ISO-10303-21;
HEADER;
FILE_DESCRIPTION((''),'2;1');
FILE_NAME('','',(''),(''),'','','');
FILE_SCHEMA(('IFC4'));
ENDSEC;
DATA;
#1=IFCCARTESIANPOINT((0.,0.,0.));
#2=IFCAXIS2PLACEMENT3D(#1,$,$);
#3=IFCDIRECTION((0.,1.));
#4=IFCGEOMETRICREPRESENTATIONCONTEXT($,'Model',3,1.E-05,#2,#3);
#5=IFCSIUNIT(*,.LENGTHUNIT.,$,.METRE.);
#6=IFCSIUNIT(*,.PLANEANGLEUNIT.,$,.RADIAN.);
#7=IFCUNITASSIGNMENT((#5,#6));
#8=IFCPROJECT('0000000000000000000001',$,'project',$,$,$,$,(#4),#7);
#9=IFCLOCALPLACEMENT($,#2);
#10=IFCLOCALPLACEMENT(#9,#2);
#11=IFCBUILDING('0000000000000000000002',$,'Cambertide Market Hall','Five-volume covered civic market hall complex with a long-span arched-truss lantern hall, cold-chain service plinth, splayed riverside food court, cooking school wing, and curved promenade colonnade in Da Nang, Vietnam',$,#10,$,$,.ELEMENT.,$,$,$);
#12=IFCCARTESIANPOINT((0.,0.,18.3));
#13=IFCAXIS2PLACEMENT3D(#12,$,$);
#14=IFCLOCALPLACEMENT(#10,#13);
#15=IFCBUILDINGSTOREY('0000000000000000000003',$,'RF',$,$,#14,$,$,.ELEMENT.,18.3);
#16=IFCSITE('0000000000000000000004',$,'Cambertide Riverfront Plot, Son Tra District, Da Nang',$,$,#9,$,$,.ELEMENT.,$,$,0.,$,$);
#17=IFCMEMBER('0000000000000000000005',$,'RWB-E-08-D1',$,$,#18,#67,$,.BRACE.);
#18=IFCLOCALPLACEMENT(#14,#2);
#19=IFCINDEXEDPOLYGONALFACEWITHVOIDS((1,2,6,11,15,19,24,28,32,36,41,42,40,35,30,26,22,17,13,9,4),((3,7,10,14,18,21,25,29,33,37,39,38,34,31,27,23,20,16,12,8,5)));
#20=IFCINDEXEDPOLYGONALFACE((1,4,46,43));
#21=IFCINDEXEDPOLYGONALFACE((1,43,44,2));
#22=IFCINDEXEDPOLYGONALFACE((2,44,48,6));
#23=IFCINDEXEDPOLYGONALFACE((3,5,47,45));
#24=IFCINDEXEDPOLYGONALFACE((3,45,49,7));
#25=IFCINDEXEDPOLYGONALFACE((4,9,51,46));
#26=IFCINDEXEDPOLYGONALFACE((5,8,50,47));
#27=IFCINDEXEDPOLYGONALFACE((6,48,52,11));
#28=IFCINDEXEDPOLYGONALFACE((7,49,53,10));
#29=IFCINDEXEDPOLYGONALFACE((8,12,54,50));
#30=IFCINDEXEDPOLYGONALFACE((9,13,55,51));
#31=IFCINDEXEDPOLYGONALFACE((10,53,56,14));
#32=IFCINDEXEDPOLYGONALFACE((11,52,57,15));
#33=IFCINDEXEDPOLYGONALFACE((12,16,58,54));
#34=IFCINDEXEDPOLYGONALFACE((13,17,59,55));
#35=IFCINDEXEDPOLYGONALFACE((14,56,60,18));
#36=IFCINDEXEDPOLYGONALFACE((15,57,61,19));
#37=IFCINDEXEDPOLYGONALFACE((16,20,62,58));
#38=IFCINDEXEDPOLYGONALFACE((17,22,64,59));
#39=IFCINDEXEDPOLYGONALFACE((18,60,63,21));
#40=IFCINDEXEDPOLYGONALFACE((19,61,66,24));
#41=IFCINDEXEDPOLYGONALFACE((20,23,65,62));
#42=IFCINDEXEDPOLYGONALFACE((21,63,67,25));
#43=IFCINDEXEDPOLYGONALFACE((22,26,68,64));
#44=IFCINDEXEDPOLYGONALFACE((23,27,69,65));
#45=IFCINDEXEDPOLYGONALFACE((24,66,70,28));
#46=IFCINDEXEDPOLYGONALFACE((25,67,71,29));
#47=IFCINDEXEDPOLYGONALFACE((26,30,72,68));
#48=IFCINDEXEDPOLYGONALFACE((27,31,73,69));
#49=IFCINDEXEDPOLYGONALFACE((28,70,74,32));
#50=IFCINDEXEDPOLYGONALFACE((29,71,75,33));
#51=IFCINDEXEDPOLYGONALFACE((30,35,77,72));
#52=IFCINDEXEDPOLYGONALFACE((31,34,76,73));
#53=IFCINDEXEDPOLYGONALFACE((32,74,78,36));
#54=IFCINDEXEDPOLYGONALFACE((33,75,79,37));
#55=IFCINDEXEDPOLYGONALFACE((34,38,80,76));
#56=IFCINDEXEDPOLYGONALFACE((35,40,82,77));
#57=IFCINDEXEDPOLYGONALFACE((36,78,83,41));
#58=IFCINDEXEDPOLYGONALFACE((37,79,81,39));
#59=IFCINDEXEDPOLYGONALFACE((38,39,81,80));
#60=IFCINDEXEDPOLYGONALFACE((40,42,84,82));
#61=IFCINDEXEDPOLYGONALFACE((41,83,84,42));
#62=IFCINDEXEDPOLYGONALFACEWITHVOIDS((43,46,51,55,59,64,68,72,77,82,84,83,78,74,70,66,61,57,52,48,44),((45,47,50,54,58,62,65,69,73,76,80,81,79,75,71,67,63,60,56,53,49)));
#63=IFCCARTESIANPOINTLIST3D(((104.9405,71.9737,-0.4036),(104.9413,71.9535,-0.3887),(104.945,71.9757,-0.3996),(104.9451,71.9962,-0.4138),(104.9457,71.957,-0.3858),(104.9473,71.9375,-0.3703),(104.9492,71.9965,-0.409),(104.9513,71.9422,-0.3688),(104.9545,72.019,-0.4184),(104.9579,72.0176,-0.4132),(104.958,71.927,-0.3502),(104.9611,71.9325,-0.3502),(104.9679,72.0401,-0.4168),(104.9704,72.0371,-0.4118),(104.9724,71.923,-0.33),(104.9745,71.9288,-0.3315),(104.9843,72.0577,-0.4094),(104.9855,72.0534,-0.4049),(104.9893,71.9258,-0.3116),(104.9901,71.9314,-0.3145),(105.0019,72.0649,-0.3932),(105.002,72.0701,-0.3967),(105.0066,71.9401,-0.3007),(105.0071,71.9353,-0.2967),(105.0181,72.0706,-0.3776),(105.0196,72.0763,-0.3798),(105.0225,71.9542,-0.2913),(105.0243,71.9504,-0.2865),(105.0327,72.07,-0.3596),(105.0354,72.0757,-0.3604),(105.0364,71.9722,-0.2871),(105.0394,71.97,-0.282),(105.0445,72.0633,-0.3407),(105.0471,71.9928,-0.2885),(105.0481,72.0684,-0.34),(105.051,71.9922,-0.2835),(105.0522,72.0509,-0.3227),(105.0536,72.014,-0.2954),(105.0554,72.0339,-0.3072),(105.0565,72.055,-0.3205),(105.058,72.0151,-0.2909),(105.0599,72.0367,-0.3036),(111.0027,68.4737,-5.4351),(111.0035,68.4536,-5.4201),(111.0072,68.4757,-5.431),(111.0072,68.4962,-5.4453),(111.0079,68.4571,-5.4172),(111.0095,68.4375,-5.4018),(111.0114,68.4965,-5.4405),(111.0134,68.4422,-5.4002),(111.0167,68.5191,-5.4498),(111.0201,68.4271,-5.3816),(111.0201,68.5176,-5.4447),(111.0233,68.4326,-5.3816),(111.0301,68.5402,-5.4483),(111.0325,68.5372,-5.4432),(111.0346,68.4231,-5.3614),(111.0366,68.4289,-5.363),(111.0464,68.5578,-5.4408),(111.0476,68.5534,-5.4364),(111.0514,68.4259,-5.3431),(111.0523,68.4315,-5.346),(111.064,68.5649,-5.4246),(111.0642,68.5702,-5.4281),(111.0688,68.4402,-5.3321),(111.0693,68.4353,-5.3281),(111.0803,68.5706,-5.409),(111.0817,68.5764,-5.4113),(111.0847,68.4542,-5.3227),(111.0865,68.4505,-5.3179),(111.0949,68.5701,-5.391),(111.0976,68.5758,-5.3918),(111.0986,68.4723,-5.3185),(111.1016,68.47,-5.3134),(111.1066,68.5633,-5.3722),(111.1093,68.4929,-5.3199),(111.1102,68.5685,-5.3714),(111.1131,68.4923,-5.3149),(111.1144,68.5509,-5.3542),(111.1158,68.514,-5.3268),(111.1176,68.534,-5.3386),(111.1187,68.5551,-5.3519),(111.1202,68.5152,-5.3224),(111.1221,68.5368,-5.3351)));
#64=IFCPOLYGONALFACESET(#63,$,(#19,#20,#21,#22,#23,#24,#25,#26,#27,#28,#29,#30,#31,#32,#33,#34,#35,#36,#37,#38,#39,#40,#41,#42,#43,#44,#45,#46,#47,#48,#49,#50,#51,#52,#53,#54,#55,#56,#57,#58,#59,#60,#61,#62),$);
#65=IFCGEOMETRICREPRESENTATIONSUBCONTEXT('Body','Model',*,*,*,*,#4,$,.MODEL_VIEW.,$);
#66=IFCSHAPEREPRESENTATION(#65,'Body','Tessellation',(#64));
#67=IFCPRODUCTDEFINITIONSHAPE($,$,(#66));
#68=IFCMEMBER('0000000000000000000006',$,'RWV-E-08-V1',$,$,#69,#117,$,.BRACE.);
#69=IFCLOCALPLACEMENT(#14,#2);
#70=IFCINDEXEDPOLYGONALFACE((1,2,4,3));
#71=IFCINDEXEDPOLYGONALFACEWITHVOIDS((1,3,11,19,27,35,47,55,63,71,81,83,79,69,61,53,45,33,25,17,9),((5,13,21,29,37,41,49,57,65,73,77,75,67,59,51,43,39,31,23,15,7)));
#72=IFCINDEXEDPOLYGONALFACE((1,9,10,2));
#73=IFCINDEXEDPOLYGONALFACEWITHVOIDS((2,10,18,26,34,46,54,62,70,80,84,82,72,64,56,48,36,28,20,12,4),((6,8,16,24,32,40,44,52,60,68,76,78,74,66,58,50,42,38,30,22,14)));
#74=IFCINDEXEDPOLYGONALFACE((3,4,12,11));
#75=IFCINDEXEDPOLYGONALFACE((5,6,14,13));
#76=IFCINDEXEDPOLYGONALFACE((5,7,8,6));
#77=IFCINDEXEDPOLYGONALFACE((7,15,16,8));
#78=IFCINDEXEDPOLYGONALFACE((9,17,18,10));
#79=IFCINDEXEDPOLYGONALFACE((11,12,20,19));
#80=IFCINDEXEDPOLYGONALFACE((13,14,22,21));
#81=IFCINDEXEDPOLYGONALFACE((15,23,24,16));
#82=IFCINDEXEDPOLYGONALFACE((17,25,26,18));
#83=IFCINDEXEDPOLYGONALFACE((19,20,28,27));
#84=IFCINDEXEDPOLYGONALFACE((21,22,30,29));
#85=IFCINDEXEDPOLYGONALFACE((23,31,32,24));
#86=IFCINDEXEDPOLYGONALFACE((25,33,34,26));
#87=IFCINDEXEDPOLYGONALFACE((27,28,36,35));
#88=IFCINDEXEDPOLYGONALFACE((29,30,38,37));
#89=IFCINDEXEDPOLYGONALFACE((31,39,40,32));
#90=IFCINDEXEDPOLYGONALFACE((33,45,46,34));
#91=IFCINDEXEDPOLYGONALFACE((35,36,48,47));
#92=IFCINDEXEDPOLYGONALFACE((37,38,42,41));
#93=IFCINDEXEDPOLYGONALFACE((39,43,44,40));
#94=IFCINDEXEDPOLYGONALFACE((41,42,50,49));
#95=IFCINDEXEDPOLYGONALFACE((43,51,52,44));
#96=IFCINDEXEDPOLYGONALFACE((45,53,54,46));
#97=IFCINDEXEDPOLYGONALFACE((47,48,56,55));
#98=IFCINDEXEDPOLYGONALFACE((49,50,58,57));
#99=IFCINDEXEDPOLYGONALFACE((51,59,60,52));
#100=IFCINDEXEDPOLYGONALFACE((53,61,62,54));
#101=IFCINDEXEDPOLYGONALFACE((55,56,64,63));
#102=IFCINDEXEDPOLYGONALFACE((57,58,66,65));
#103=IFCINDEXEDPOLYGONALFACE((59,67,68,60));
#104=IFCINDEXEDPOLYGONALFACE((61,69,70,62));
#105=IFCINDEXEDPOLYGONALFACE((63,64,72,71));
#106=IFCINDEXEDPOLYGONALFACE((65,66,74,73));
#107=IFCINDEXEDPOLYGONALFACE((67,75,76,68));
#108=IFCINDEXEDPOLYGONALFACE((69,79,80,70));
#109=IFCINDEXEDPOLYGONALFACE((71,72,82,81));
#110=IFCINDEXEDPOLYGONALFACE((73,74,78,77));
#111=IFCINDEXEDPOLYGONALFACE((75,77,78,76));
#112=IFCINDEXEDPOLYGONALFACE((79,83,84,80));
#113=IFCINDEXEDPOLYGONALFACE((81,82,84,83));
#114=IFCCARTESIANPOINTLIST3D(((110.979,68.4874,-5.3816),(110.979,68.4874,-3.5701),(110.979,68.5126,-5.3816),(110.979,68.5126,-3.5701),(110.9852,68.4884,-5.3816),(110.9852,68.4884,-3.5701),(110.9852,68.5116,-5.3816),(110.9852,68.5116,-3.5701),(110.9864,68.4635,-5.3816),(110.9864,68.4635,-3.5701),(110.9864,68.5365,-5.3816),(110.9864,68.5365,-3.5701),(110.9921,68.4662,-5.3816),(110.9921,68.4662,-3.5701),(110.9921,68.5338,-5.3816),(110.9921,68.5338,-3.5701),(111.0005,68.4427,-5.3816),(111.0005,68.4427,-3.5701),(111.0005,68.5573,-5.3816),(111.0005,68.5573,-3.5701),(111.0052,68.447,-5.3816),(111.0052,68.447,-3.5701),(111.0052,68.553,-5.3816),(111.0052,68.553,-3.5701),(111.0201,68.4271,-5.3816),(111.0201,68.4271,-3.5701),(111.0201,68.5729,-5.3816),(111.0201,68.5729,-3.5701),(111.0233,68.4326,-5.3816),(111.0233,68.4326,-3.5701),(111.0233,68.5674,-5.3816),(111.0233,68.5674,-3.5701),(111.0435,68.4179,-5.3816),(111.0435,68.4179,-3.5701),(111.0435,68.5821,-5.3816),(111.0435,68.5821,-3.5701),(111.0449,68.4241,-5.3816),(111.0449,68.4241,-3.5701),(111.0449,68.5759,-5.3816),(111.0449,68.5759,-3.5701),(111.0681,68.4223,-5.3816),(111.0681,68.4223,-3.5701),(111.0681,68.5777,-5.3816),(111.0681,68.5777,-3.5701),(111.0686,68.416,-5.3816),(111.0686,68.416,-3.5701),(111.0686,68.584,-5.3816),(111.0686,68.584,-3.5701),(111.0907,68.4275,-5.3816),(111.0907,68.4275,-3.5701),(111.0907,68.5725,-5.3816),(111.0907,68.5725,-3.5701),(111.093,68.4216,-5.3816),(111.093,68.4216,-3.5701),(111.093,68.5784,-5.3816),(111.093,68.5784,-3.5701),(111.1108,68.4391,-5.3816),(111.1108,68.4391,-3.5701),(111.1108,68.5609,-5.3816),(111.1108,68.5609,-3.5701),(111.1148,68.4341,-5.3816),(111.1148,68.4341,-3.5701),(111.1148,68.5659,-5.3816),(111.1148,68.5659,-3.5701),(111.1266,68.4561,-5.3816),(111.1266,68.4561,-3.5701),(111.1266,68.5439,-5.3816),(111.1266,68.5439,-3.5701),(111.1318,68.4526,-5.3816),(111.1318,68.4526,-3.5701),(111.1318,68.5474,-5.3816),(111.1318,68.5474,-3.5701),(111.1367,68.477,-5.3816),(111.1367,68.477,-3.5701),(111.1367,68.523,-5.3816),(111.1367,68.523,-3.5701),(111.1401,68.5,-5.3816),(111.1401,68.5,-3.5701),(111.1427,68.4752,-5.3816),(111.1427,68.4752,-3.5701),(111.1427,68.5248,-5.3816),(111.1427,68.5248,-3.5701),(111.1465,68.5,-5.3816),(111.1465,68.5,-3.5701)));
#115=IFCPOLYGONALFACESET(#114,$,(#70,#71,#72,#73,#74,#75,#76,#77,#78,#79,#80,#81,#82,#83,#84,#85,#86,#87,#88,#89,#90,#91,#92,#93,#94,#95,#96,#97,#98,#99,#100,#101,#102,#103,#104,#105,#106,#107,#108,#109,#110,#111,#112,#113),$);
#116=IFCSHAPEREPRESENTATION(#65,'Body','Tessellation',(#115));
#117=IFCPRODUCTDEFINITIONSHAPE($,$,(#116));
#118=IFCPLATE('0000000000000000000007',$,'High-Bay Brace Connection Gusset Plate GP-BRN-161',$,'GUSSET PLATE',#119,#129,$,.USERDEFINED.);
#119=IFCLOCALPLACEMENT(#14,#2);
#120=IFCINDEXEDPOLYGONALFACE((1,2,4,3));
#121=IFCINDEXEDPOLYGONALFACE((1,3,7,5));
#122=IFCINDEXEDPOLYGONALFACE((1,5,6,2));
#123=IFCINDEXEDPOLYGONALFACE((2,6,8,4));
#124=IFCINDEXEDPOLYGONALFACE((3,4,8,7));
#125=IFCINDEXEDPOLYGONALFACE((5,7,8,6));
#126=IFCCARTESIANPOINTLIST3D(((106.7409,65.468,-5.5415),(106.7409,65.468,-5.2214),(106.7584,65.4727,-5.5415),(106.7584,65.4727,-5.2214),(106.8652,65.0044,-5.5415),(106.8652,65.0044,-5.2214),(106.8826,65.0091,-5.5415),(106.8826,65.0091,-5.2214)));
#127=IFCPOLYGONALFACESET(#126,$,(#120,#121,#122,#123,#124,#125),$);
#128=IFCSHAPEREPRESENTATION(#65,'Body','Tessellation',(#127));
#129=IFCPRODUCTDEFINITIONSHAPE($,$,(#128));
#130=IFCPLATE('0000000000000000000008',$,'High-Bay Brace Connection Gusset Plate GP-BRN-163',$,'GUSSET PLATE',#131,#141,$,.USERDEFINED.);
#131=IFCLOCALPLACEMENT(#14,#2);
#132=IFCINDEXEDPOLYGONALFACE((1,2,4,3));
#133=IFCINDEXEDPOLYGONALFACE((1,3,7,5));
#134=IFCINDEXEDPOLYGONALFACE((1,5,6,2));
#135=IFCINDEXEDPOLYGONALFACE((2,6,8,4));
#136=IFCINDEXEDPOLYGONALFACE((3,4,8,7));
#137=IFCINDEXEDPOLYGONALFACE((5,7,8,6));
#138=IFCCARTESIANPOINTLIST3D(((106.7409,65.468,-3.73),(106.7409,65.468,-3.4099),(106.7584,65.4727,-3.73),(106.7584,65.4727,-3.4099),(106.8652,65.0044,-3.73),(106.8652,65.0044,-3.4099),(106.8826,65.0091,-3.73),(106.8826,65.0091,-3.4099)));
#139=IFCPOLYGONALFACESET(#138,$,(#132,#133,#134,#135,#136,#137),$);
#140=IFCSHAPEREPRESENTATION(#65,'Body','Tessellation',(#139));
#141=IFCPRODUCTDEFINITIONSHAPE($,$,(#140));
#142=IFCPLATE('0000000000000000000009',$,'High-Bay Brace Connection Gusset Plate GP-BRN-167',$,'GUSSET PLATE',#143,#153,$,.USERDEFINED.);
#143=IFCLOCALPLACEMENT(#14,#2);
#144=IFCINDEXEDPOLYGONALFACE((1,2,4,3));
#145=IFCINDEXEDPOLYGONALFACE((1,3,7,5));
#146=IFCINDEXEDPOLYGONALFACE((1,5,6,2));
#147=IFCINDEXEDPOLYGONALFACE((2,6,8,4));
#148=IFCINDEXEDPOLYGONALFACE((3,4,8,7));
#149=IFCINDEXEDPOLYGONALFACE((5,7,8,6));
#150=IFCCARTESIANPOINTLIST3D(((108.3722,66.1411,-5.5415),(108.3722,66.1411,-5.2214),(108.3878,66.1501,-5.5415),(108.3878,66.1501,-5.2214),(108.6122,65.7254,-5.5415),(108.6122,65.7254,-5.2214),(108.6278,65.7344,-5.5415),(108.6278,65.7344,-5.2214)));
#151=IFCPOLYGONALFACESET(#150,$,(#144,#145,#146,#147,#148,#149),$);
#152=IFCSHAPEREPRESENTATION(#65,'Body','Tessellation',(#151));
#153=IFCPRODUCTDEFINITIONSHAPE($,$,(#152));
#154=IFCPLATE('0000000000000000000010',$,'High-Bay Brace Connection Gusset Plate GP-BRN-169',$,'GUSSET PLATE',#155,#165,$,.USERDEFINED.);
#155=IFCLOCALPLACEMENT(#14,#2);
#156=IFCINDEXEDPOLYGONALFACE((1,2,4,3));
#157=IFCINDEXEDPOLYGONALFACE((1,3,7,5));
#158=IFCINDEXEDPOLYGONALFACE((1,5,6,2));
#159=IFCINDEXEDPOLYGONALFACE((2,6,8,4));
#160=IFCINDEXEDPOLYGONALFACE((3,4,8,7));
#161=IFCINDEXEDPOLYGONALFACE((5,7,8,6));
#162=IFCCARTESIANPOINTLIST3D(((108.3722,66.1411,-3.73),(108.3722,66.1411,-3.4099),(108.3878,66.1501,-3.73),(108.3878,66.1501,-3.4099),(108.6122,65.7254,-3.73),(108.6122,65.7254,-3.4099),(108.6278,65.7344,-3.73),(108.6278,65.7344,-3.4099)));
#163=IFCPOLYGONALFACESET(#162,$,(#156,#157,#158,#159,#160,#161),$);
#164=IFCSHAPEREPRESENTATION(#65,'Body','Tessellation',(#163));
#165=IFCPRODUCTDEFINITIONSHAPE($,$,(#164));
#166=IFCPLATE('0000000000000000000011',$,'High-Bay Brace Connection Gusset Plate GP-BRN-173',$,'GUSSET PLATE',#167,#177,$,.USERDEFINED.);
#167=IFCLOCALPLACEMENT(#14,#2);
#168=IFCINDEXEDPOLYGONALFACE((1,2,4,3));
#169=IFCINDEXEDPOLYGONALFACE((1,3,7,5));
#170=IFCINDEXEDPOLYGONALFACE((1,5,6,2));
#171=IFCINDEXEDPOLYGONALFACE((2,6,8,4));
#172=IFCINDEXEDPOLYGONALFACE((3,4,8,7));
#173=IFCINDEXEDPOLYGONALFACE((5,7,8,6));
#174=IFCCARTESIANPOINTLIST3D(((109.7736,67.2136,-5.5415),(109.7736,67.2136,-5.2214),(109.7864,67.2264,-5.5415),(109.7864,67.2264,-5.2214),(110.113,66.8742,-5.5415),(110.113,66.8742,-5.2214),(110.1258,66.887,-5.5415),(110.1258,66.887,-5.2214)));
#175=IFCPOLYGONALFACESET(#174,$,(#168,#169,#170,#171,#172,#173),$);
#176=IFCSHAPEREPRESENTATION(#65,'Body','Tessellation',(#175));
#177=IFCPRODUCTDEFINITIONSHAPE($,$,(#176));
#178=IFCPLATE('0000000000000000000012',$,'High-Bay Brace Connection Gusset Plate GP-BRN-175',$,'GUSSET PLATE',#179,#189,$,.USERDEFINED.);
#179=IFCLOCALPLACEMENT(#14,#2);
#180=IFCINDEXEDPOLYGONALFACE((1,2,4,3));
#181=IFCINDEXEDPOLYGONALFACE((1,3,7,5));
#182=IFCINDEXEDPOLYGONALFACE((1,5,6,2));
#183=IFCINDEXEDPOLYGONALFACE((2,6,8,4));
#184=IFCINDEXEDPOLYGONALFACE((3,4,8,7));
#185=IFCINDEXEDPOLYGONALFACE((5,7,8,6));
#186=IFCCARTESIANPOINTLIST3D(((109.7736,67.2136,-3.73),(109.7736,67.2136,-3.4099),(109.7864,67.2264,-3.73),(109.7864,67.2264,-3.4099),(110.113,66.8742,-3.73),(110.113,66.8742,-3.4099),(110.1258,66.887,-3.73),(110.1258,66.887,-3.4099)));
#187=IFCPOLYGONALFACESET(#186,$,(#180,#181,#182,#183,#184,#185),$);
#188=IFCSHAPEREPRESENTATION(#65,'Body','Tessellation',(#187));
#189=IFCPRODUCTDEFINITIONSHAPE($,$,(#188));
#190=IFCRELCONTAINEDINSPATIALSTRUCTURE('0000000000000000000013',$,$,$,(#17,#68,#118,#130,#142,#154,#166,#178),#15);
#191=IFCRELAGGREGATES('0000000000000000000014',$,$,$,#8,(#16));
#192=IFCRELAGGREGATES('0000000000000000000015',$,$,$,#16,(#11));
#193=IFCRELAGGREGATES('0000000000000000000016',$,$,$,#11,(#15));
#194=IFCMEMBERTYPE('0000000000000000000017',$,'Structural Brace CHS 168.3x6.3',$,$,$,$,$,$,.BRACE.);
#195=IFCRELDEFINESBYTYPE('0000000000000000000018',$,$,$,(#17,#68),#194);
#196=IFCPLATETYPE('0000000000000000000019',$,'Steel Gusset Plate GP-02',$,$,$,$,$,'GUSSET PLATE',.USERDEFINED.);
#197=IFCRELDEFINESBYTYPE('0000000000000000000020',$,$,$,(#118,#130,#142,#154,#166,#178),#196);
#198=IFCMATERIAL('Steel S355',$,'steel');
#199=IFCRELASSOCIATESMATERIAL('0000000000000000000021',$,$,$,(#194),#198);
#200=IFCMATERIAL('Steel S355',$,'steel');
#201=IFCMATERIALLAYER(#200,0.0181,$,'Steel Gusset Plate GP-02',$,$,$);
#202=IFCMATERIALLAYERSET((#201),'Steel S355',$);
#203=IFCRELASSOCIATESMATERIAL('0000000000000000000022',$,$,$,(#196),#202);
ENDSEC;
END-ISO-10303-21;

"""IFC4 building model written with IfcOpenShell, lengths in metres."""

from ifc_helpers import new_model, si_unit, direction, frame, origin, origin_2d, place, context, subcontext, project, spatial, rectangle, hollow_circle, extrude, material, layer, layer_set, material_profile, profile_set, type_object, element, save


model = new_model("IFC4")

# Units and contexts
model_context = context("Model", 3, precision=1e-05, world=origin(), true_north=direction((0.0, 1.0)))
body_context = subcontext(model_context, "Body", "Model", "MODEL_VIEW")
ifc_project = project(units=[si_unit("LENGTHUNIT", "METRE"), si_unit("PLANEANGLEUNIT", "RADIAN")], contexts=[model_context])

# Site, building, storey
site_placement = place(None, origin())
site = spatial("IfcSite", under=ifc_project, at=site_placement, Name="Cambertide Riverfront Plot, Son Tra District, Da Nang", CompositionType="ELEMENT", RefElevation=0.0)
building_placement = place(site_placement, origin())
building = spatial("IfcBuilding", under=site, at=building_placement, Name="Cambertide Market Hall", Description="Five-volume covered civic market hall complex with a long-span arched-truss lantern hall, cold-chain service plinth, splayed riverside food court, cooking school wing, and curved promenade colonnade in Da Nang, Vietnam", CompositionType="ELEMENT")
storey_placement = place(building_placement, frame((0.0, 0.0, 18.3)))
storey = spatial("IfcBuildingStorey", under=building, at=storey_placement, Name="RF", CompositionType="ELEMENT", Elevation=18.3)

# Members
ifc_material_1 = material(Name="Steel S355", Category="steel")
ifc_material_profile_1 = material_profile(ifc_material_1, hollow_circle(Radius=0.0842, WallThickness=0.0063, at=origin_2d()), Name="CHS 168.3x6.3")
ifc_profile_set_1 = profile_set([ifc_material_profile_1], Name="Steel S355")
member_type_1 = type_object("IfcMemberType", Name="Structural Brace CHS 168.3x6.3", PredefinedType="BRACE", material=ifc_profile_set_1)
member_1_placement = place(storey_placement, frame((111.0623, 68.5, -5.3816), z_axis=(-0.703219, 0.405998, 0.583651), x_axis=(-0.499995, -0.866028, 0.0)))
element("IfcMember", 1, at=member_1_placement, inside=storey, type_object=member_type_1, Name="RWB-E-08-D1", PredefinedType="BRACE", context=body_context, shape_type="SweptSolid", body=[
    extrude(hollow_circle(Radius=0.0842, WallThickness=0.0063, at=origin_2d()), origin(), (0.0, 0.0, 1.0), 8.6206),
])
member_2_placement = place(storey_placement, frame((111.0623, 68.5, -5.3816), z_axis=(0.0, 0.0, 1.0), x_axis=(1.0, 0.0, 0.0)))
element("IfcMember", 2, at=member_2_placement, inside=storey, type_object=member_type_1, Name="RWV-E-08-V1", PredefinedType="BRACE", context=body_context, shape_type="SweptSolid", body=[
    extrude(hollow_circle(Radius=0.0842, WallThickness=0.0063, at=origin_2d()), origin(), (0.0, 0.0, 1.0), 1.8115),
])

# Plates
ifc_material_2 = material(Name="Steel S355", Category="steel")
ifc_layer = layer(ifc_material_2, 0.0181, Name="Steel Gusset Plate GP-02")
ifc_layer_set = layer_set([ifc_layer], Name="Steel S355")
plate_type = type_object("IfcPlateType", Name="Steel Gusset Plate GP-02", ElementType="GUSSET PLATE", PredefinedType="USERDEFINED", material=ifc_layer_set)
for number, where, z_axis, x_axis, name in (
    (3, (106.8118, 65.2385, -5.5415), (0.0, 0.0, 1.0), (-0.258819, 0.965926, 0.0), "High-Bay Brace Connection Gusset Plate GP-BRN-161"),
    (4, (106.8118, 65.2385, -3.73), (0.0, 0.0, 1.0), (-0.258819, 0.965926, 0.0), "High-Bay Brace Connection Gusset Plate GP-BRN-163"),
    (5, (108.5, 65.9377, -5.5415), (0.0, 0.0, 1.0), (-0.5, 0.866025, 0.0), "High-Bay Brace Connection Gusset Plate GP-BRN-167"),
    (6, (108.5, 65.9377, -3.73), (0.0, 0.0, 1.0), (-0.5, 0.866025, 0.0), "High-Bay Brace Connection Gusset Plate GP-BRN-169"),
    (7, (109.9497, 67.0503, -5.5415), (0.0, 0.0, 1.0), (-0.707107, 0.707107, 0.0), "High-Bay Brace Connection Gusset Plate GP-BRN-173"),
    (8, (109.9497, 67.0503, -3.73), (0.0, 0.0, 1.0), (-0.707107, 0.707107, 0.0), "High-Bay Brace Connection Gusset Plate GP-BRN-175"),
):
    element("IfcPlate", number, at=place(storey_placement, frame(where, z_axis=z_axis, x_axis=x_axis)), inside=storey, type_object=plate_type, Name=name, ObjectType="GUSSET PLATE", PredefinedType="USERDEFINED", context=body_context, shape_type="SweptSolid", body=[
        extrude(rectangle(XDim=0.48, YDim=0.0181, at=origin_2d()), origin(), (0.0, 0.0, 1.0), 0.3201),
    ])

save(model, "model.ifc")
